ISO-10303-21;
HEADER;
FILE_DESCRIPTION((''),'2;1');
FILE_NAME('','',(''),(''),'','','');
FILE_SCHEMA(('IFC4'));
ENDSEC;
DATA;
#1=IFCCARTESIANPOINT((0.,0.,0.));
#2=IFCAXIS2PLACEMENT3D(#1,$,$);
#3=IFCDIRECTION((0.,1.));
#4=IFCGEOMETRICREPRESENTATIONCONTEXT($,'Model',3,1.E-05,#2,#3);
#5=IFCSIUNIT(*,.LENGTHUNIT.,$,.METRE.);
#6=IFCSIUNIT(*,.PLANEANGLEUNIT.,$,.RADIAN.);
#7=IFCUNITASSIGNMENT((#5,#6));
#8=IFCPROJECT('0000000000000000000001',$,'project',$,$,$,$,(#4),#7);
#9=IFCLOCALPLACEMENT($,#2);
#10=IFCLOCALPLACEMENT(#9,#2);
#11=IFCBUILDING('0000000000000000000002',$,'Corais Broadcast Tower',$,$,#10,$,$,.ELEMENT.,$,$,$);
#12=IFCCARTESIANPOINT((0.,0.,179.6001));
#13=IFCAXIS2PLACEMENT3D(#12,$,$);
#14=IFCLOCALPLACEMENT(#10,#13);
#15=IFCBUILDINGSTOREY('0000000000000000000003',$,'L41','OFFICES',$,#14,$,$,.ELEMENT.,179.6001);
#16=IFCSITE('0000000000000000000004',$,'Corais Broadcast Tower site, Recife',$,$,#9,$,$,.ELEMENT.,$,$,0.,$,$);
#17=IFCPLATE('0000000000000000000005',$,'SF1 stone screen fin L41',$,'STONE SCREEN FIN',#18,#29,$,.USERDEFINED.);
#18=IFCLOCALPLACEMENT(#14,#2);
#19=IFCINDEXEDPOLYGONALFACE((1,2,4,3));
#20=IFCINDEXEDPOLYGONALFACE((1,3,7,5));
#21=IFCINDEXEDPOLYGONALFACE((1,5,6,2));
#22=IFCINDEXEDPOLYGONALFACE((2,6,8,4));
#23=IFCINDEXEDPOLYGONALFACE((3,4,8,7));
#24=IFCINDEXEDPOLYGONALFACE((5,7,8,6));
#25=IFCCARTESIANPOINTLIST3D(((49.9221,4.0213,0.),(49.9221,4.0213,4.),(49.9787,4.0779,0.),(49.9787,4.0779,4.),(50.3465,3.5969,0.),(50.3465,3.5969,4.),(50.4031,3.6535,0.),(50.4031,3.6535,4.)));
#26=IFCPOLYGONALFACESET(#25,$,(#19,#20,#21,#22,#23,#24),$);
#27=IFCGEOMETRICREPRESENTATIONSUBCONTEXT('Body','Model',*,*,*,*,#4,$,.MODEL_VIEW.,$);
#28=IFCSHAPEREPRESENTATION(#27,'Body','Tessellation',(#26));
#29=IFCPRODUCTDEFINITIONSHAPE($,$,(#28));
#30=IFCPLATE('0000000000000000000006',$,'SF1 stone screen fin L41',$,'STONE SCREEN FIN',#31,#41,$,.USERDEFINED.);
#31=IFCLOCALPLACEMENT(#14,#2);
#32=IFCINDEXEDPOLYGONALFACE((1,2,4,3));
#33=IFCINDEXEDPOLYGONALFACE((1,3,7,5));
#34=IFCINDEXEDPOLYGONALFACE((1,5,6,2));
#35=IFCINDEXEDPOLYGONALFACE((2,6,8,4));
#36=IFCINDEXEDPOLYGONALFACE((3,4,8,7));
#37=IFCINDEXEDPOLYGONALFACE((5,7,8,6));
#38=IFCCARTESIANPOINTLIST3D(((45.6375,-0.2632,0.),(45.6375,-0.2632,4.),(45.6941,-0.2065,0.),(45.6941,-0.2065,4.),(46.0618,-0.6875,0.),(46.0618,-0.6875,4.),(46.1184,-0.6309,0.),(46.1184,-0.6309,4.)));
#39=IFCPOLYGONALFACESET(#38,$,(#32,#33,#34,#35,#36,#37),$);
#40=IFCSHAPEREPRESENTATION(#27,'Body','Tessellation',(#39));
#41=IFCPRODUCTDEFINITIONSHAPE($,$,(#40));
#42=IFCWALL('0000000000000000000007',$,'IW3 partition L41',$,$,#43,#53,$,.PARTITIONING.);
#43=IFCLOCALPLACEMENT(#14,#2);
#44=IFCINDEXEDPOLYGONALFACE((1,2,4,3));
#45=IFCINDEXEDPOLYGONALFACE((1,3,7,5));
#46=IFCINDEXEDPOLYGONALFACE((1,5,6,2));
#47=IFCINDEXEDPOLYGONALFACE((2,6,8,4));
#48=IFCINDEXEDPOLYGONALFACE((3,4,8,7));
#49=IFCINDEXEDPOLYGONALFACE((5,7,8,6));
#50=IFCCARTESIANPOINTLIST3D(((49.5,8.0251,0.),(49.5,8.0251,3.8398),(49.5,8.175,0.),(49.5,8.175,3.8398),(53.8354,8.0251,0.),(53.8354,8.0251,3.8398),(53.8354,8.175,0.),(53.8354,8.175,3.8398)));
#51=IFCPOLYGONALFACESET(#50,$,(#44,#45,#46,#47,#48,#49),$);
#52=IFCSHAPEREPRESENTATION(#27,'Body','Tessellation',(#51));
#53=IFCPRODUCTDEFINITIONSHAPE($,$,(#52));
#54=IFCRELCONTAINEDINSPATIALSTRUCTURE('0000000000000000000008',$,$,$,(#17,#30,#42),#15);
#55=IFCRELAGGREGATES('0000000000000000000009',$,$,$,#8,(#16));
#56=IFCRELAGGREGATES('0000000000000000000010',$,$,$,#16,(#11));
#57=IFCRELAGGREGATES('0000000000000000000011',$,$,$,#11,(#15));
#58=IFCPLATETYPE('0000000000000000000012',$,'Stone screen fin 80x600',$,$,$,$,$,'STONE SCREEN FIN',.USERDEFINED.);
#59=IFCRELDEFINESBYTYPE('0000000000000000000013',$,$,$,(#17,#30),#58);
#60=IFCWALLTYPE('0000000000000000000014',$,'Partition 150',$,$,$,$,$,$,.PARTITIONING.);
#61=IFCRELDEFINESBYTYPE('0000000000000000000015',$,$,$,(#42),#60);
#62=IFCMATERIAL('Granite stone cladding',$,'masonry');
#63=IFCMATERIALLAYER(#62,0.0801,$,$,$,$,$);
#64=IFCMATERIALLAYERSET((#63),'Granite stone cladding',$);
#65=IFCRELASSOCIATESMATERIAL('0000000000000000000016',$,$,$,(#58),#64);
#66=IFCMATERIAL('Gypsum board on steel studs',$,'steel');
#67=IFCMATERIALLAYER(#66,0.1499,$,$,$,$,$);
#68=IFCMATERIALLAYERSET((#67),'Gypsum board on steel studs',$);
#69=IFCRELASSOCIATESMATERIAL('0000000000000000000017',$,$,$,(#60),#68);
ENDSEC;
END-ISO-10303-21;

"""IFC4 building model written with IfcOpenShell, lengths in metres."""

from ifc_helpers import new_model, si_unit, direction, frame, frame_2d, origin, origin_2d, place, context, subcontext, project, spatial, rectangle, extrude, material, layer, layer_set, type_object, element, save


model = new_model("IFC4")

# Units and contexts
model_context = context("Model", 3, precision=1e-05, world=origin(), true_north=direction((0.0, 1.0)))
body_context = subcontext(model_context, "Body", "Model", "MODEL_VIEW")
ifc_project = project(units=[si_unit("LENGTHUNIT", "METRE"), si_unit("PLANEANGLEUNIT", "RADIAN")], contexts=[model_context])

# Site, building, storey
site_placement = place(None, origin())
site = spatial("IfcSite", under=ifc_project, at=site_placement, Name="Corais Broadcast Tower site, Recife", CompositionType="ELEMENT", RefElevation=0.0)
building_placement = place(site_placement, origin())
building = spatial("IfcBuilding", under=site, at=building_placement, Name="Corais Broadcast Tower", CompositionType="ELEMENT")
storey_placement = place(building_placement, frame((0.0, 0.0, 179.6001)))
storey = spatial("IfcBuildingStorey", under=building, at=storey_placement, Name="L41", Description="OFFICES", CompositionType="ELEMENT", Elevation=179.6001)

# Plates
ifc_material_1 = material(Name="Granite stone cladding", Category="masonry")
ifc_layer_1 = layer(ifc_material_1, 0.0801)
ifc_layer_set_1 = layer_set([ifc_layer_1], Name="Granite stone cladding")
plate_type_1 = type_object("IfcPlateType", Name="Stone screen fin 80x600", ElementType="STONE SCREEN FIN", PredefinedType="USERDEFINED", material=ifc_layer_set_1)
for number, where, z_axis, x_axis, name in (
    (1, (50.1626, 3.8374, 0.0), (0.0, 0.0, 1.0), (-0.707107, -0.707107, 0.0), "SF1 stone screen fin L41"),
    (2, (45.8779, -0.447, 0.0), (0.0, 0.0, 1.0), (-0.707107, -0.707107, 0.0), "SF1 stone screen fin L41"),
):
    element("IfcPlate", number, at=place(storey_placement, frame(where, z_axis=z_axis, x_axis=x_axis)), inside=storey, type_object=plate_type_1, Name=name, ObjectType="STONE SCREEN FIN", PredefinedType="USERDEFINED", context=body_context, shape_type="SweptSolid", body=[
        extrude(rectangle(XDim=0.0801, YDim=0.6001, at=origin_2d()), origin(), (0.0, 0.0, 1.0), 4.0),
    ])

# Wall
ifc_material_2 = material(Name="Gypsum board on steel studs", Category="steel")
ifc_layer_2 = layer(ifc_material_2, 0.1499)
ifc_layer_set_2 = layer_set([ifc_layer_2], Name="Gypsum board on steel studs")
wall_type = type_object("IfcWallType", Name="Partition 150", PredefinedType="PARTITIONING", material=ifc_layer_set_2)
wall_placement = place(storey_placement, frame((49.5, 8.1001, 0.0), z_axis=(0.0, 0.0, 1.0), x_axis=(1.0, 0.0, 0.0)))
element("IfcWall", 3, at=wall_placement, inside=storey, type_object=wall_type, Name="IW3 partition L41", PredefinedType="PARTITIONING", context=body_context, shape_type="SweptSolid", body=[
    extrude(rectangle(XDim=4.3354, YDim=0.1499, at=frame_2d((2.1677, 0.0))), origin(), (0.0, 0.0, 1.0), 3.8398),
])

save(model, "model.ifc")
